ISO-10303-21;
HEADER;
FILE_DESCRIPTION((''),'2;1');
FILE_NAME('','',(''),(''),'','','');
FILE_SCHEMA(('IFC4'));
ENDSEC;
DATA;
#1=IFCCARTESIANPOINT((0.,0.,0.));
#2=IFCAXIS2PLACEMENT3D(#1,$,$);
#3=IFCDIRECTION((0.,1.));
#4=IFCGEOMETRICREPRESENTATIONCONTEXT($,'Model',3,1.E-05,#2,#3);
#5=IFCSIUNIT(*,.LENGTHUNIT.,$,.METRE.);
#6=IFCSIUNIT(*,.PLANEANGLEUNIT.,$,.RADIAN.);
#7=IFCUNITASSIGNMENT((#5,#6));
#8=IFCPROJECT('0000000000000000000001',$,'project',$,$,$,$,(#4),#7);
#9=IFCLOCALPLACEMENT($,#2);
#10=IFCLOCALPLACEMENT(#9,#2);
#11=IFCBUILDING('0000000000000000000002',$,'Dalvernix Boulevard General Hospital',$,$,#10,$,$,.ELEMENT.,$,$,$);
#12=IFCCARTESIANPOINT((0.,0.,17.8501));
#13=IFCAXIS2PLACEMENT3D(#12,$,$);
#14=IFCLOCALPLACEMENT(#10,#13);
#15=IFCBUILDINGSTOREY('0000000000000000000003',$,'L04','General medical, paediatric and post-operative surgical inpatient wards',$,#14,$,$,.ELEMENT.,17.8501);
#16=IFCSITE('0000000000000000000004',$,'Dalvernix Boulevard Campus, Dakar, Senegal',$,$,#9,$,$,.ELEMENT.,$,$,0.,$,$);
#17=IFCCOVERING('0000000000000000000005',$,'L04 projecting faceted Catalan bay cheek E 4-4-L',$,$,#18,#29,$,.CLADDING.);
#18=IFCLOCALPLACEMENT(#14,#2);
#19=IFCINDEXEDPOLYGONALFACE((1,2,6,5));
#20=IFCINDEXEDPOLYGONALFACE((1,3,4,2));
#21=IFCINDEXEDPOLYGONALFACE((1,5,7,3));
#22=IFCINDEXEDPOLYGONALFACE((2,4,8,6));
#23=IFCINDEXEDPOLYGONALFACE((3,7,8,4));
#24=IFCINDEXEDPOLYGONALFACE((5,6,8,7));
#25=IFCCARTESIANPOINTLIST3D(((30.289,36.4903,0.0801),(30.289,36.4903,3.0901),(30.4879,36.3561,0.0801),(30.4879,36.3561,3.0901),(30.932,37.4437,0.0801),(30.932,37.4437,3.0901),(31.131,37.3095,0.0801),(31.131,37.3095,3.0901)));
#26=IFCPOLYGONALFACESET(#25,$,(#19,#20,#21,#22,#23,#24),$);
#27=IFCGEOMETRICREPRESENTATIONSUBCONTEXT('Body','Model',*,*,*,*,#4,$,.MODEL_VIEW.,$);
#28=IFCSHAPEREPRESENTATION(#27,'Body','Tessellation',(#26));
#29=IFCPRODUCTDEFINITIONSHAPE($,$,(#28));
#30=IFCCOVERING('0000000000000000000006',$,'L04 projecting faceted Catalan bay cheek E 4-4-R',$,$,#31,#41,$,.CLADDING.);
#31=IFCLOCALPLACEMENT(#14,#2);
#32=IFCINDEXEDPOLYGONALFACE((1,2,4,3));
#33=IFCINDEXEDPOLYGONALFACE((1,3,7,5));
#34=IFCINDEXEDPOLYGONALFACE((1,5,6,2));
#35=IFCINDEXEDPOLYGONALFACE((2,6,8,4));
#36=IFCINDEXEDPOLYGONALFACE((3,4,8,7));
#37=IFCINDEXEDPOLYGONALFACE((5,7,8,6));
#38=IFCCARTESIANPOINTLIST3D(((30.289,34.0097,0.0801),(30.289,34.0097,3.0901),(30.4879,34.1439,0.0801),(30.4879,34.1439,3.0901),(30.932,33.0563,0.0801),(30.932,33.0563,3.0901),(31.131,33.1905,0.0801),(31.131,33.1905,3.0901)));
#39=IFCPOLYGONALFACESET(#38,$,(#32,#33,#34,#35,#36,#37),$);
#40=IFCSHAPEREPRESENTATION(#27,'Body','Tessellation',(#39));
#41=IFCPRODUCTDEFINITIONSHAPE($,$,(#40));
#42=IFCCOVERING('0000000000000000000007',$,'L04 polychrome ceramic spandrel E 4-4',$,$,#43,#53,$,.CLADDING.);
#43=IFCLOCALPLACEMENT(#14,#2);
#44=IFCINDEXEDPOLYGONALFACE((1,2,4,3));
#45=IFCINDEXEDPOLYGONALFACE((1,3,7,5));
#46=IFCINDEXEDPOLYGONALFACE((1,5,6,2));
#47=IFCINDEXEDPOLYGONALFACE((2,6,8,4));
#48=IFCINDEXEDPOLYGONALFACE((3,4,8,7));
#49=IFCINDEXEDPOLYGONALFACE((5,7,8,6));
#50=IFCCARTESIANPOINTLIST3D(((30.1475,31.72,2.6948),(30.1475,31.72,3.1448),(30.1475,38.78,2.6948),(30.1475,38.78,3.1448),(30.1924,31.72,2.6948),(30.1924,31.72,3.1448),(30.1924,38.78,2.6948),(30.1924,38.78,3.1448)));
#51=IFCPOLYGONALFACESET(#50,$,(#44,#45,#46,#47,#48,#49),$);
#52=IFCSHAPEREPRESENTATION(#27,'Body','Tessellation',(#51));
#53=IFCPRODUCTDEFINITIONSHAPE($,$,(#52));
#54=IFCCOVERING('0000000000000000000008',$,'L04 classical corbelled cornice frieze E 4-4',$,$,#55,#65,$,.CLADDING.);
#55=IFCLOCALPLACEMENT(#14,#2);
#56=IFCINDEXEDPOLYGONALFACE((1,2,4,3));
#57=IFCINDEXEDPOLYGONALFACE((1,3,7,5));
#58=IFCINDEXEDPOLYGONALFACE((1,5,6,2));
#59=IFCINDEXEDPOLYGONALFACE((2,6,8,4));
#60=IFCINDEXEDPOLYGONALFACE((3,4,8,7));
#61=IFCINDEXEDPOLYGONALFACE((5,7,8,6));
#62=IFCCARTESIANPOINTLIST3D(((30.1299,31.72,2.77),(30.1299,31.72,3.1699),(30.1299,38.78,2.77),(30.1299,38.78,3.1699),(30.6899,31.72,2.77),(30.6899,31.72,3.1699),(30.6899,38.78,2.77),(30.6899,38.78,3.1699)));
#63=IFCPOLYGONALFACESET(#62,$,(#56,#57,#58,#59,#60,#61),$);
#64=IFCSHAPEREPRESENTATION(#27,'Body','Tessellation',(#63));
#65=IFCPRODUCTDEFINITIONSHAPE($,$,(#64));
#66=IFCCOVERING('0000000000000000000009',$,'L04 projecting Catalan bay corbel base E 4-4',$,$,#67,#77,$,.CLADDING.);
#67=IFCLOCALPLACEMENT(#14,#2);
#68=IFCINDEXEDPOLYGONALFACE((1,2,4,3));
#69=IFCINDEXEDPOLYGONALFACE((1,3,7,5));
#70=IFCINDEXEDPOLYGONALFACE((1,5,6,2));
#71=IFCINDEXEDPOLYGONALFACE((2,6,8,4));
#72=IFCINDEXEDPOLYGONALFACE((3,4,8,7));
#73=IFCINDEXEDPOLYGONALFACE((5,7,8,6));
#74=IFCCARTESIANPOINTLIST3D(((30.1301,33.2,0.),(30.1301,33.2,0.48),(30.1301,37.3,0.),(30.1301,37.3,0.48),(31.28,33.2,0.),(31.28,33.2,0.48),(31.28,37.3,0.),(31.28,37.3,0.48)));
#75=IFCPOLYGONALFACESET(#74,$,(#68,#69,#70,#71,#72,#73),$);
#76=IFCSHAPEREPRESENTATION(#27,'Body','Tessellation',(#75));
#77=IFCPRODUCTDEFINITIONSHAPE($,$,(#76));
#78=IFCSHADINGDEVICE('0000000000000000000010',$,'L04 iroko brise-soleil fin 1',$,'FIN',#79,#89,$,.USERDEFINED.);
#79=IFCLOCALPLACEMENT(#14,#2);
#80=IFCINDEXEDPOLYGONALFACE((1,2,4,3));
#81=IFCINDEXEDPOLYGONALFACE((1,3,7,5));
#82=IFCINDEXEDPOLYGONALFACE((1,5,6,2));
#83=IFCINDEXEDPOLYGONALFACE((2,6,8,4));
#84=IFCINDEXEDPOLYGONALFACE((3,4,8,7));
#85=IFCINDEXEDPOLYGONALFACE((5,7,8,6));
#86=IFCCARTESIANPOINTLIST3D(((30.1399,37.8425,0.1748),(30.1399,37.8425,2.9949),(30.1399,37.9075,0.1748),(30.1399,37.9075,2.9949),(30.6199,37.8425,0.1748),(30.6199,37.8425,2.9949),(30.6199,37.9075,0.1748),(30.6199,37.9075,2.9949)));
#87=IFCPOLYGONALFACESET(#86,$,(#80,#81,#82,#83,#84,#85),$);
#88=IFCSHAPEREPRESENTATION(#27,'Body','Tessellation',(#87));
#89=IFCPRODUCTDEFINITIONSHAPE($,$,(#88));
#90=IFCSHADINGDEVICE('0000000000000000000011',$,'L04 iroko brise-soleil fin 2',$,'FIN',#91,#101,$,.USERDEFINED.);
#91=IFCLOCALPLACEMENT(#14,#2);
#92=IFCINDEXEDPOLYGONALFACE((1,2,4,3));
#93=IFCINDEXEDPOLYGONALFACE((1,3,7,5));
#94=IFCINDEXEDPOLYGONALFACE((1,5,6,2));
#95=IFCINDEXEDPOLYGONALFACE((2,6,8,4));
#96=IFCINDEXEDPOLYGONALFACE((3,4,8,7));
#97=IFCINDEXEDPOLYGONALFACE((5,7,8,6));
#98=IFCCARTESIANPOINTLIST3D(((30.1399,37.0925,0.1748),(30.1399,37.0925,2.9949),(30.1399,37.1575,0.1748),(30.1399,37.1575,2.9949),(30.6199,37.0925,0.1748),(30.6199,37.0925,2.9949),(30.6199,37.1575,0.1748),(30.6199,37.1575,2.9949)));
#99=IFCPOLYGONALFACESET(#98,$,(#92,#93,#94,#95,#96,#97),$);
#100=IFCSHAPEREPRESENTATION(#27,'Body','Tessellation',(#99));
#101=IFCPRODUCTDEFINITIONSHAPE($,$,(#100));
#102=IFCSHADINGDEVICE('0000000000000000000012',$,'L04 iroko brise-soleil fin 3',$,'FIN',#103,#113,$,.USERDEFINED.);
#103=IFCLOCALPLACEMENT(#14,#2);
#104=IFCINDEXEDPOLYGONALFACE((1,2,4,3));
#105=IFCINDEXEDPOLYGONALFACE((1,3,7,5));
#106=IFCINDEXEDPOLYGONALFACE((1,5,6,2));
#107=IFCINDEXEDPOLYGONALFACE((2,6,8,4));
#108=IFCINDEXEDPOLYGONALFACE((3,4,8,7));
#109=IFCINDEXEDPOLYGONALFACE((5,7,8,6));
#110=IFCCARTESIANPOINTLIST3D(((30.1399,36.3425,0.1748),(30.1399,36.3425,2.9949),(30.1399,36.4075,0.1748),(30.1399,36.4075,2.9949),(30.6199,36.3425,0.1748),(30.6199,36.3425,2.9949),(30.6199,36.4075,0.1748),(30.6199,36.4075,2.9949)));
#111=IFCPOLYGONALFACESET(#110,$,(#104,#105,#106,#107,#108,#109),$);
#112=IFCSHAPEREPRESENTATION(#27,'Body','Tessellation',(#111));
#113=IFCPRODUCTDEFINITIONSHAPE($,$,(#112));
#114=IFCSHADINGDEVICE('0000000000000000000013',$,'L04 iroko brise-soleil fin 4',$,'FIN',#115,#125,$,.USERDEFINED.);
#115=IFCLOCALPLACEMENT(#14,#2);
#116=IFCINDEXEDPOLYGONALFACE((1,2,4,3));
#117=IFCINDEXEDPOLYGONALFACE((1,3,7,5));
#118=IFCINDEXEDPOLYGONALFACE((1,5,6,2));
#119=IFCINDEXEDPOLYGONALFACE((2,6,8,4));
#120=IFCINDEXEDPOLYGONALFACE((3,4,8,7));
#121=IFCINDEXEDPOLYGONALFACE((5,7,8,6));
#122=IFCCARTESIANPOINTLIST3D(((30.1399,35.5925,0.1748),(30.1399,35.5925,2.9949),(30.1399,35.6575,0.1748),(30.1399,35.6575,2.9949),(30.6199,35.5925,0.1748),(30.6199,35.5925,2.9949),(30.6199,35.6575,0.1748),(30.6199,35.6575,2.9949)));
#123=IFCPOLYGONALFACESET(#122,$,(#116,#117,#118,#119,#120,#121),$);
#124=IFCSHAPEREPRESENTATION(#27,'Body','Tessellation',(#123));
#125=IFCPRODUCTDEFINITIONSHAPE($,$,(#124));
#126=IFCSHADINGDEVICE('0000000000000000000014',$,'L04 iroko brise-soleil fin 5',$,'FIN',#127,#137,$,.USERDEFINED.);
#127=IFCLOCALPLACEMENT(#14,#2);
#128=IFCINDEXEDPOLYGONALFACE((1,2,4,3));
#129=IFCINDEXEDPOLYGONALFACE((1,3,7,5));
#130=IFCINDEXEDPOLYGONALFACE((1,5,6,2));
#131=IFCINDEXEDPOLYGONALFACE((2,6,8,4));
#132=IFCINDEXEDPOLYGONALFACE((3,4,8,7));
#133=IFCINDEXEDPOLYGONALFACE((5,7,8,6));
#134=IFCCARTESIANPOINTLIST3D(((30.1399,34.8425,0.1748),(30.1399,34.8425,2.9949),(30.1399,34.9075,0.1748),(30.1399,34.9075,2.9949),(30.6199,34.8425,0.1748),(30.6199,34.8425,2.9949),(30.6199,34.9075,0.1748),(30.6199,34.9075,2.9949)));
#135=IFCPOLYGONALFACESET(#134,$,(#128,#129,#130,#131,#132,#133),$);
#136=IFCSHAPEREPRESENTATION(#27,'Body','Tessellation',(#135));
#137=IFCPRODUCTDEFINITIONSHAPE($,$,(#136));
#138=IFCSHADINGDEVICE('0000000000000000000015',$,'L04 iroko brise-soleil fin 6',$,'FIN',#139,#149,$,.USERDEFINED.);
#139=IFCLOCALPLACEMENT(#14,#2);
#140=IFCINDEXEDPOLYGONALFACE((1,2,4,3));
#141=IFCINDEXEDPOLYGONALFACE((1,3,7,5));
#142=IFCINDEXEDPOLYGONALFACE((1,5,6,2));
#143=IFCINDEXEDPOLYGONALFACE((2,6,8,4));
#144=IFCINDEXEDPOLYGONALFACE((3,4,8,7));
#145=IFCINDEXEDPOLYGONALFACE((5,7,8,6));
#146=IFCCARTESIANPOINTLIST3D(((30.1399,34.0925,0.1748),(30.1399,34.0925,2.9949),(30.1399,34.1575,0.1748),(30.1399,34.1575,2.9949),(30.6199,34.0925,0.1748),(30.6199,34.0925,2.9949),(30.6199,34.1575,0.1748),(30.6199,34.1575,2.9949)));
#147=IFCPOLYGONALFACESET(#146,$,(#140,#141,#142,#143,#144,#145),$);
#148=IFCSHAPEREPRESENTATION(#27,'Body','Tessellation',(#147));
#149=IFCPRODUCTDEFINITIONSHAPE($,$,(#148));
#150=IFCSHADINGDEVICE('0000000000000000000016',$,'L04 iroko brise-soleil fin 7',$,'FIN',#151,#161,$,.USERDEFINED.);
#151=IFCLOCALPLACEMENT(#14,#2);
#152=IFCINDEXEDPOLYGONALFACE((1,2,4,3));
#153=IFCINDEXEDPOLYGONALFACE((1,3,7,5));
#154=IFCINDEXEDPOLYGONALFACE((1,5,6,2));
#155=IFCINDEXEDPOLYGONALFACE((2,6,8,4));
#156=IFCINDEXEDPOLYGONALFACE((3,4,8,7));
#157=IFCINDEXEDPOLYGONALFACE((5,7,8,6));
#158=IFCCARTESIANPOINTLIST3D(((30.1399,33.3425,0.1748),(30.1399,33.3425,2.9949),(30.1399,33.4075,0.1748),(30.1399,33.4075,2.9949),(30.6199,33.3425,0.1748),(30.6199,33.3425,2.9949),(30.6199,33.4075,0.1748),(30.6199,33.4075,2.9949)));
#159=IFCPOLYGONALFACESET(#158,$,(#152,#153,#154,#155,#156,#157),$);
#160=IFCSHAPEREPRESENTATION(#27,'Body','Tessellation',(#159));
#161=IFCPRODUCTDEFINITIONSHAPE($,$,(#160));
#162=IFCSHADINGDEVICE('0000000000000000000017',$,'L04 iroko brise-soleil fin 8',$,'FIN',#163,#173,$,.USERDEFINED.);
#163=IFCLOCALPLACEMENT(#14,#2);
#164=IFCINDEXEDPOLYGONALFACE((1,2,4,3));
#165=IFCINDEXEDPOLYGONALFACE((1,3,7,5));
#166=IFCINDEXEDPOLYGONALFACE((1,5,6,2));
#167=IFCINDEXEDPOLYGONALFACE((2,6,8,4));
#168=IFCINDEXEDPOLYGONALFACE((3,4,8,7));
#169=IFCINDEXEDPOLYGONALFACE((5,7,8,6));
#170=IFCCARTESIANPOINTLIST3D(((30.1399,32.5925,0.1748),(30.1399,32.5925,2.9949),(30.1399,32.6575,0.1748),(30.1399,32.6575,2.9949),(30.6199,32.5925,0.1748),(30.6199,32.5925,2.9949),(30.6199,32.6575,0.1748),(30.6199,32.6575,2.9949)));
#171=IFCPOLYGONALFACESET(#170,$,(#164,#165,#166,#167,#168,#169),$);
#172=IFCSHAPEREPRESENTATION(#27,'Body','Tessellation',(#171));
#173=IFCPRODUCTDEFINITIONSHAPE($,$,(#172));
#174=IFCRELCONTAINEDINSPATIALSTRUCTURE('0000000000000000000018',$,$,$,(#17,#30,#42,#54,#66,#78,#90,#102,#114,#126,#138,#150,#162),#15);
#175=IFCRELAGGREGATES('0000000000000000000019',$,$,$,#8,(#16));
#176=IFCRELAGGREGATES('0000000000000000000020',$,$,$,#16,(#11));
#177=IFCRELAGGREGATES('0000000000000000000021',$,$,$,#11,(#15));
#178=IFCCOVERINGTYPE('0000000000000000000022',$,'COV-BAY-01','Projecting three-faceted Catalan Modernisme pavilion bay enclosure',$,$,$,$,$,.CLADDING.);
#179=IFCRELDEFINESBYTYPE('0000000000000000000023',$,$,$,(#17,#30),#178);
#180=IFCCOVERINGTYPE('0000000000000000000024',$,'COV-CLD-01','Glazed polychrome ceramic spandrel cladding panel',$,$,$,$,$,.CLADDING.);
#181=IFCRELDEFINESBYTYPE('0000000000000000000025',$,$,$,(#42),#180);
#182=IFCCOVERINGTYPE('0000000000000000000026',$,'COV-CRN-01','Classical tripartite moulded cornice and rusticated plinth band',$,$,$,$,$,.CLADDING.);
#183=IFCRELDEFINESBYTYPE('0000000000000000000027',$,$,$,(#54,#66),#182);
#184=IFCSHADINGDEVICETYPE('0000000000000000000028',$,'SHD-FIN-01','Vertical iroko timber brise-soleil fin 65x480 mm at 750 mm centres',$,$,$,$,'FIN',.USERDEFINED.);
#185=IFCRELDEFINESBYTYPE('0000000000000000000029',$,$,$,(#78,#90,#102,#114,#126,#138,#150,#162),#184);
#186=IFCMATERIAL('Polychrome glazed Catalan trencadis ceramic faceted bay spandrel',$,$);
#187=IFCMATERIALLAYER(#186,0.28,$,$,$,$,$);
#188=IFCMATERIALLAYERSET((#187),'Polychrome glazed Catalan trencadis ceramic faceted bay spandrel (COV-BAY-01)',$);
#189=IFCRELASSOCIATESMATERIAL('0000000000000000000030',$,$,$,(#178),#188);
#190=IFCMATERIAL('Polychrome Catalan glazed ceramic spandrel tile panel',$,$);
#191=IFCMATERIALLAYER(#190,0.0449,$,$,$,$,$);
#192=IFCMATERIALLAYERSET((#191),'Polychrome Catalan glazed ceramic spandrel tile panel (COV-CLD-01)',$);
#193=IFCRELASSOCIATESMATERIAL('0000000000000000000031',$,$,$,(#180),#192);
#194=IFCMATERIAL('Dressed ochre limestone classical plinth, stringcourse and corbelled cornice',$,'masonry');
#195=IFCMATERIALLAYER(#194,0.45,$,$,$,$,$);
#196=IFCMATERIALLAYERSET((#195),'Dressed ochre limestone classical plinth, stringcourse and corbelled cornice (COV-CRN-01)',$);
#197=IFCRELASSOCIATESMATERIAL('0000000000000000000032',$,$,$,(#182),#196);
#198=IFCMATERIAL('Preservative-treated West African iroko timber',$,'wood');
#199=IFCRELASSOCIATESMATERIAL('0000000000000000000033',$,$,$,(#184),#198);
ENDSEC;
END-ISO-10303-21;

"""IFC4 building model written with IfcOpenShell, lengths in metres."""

from ifc_helpers import new_model, si_unit, direction, frame, origin, origin_2d, place, context, subcontext, project, spatial, rectangle, extrude, material, layer, layer_set, type_object, element, save


model = new_model("IFC4")

# Units and contexts
model_context = context("Model", 3, precision=1e-05, world=origin(), true_north=direction((0.0, 1.0)))
body_context = subcontext(model_context, "Body", "Model", "MODEL_VIEW")
ifc_project = project(units=[si_unit("LENGTHUNIT", "METRE"), si_unit("PLANEANGLEUNIT", "RADIAN")], contexts=[model_context])

# Site, building, storey
site_placement = place(None, origin())
site = spatial("IfcSite", under=ifc_project, at=site_placement, Name="Dalvernix Boulevard Campus, Dakar, Senegal", CompositionType="ELEMENT", RefElevation=0.0)
building_placement = place(site_placement, origin())
building = spatial("IfcBuilding", under=site, at=building_placement, Name="Dalvernix Boulevard General Hospital", CompositionType="ELEMENT")
storey_placement = place(building_placement, frame((0.0, 0.0, 17.8501)))
storey = spatial("IfcBuildingStorey", under=building, at=storey_placement, Name="L04", Description="General medical, paediatric and post-operative surgical inpatient wards", CompositionType="ELEMENT", Elevation=17.8501)

# Coverings
ifc_material_1 = material(Name="Polychrome glazed Catalan trencadis ceramic faceted bay spandrel")
ifc_layer_1 = layer(ifc_material_1, 0.28)
ifc_layer_set_1 = layer_set([ifc_layer_1], Name="Polychrome glazed Catalan trencadis ceramic faceted bay spandrel (COV-BAY-01)")
covering_type_1 = type_object("IfcCoveringType", Name="COV-BAY-01", Description="Projecting three-faceted Catalan Modernisme pavilion bay enclosure", PredefinedType="CLADDING", material=ifc_layer_set_1)
for number, where, z_axis, x_axis, name in (
    (1, (30.71, 36.8999, 0.0801), (0.0, 0.0, 1.0), (-0.559193, -0.829038, 0.0), "L04 projecting faceted Catalan bay cheek E 4-4-L"),
    (2, (30.71, 33.6001, 0.0801), (0.0, 0.0, 1.0), (0.559193, -0.829038, 0.0), "L04 projecting faceted Catalan bay cheek E 4-4-R"),
):
    element("IfcCovering", number, at=place(storey_placement, frame(where, z_axis=z_axis, x_axis=x_axis)), inside=storey, type_object=covering_type_1, Name=name, PredefinedType="CLADDING", context=body_context, shape_type="SweptSolid", body=[
        extrude(rectangle(XDim=1.1499, YDim=0.24, at=origin_2d()), origin(), (0.0, 0.0, 1.0), 3.01),
    ])
ifc_material_2 = material(Name="Polychrome Catalan glazed ceramic spandrel tile panel")
ifc_layer_2 = layer(ifc_material_2, 0.0449)
ifc_layer_set_2 = layer_set([ifc_layer_2], Name="Polychrome Catalan glazed ceramic spandrel tile panel (COV-CLD-01)")
covering_type_2 = type_object("IfcCoveringType", Name="COV-CLD-01", Description="Glazed polychrome ceramic spandrel cladding panel", PredefinedType="CLADDING", material=ifc_layer_set_2)
covering_1_placement = place(storey_placement, frame((30.1699, 35.25, 2.6948), z_axis=(0.0, 0.0, 1.0), x_axis=(0.0, -1.0, 0.0)))
element("IfcCovering", 3, at=covering_1_placement, inside=storey, type_object=covering_type_2, Name="L04 polychrome ceramic spandrel E 4-4", PredefinedType="CLADDING", context=body_context, shape_type="SweptSolid", body=[
    extrude(rectangle(XDim=7.0601, YDim=0.0449, at=origin_2d()), origin(), (0.0, 0.0, 1.0), 0.45),
])
ifc_material_3 = material(Name="Dressed ochre limestone classical plinth, stringcourse and corbelled cornice", Category="masonry")
ifc_layer_3 = layer(ifc_material_3, 0.45)
ifc_layer_set_3 = layer_set([ifc_layer_3], Name="Dressed ochre limestone classical plinth, stringcourse and corbelled cornice (COV-CRN-01)")
covering_type_3 = type_object("IfcCoveringType", Name="COV-CRN-01", Description="Classical tripartite moulded cornice and rusticated plinth band", PredefinedType="CLADDING", material=ifc_layer_set_3)
covering_2_placement = place(storey_placement, frame((30.4099, 35.25, 2.77), z_axis=(0.0, 0.0, 1.0), x_axis=(0.0, -1.0, 0.0)))
element("IfcCovering", 4, at=covering_2_placement, inside=storey, type_object=covering_type_3, Name="L04 classical corbelled cornice frieze E 4-4", PredefinedType="CLADDING", context=body_context, shape_type="SweptSolid", body=[
    extrude(rectangle(XDim=7.0601, YDim=0.5601, at=origin_2d()), origin(), (0.0, 0.0, 1.0), 0.3999),
])
covering_3_placement = place(storey_placement, frame((30.7051, 35.25, 0.0), z_axis=(0.0, 0.0, 1.0), x_axis=(0.0, -1.0, 0.0)))
element("IfcCovering", 5, at=covering_3_placement, inside=storey, type_object=covering_type_3, Name="L04 projecting Catalan bay corbel base E 4-4", PredefinedType="CLADDING", context=body_context, shape_type="SweptSolid", body=[
    extrude(rectangle(XDim=4.1001, YDim=1.1499, at=origin_2d()), origin(), (0.0, 0.0, 1.0), 0.48),
])

# Shading devices
ifc_material_4 = material(Name="Preservative-treated West African iroko timber", Category="wood")
shading_device_type = type_object("IfcShadingDeviceType", Name="SHD-FIN-01", Description="Vertical iroko timber brise-soleil fin 65x480 mm at 750 mm centres", ElementType="FIN", PredefinedType="USERDEFINED", material=ifc_material_4)
for number, where, z_axis, x_axis, name in (
    (6, (30.3799, 37.875, 0.1748), (0.0, 0.0, 1.0), (0.0, -1.0, 0.0), "L04 iroko brise-soleil fin 1"),
    (7, (30.3799, 37.125, 0.1748), (0.0, 0.0, 1.0), (0.0, -1.0, 0.0), "L04 iroko brise-soleil fin 2"),
    (8, (30.3799, 36.375, 0.1748), (0.0, 0.0, 1.0), (0.0, -1.0, 0.0), "L04 iroko brise-soleil fin 3"),
    (9, (30.3799, 35.625, 0.1748), (0.0, 0.0, 1.0), (0.0, -1.0, 0.0), "L04 iroko brise-soleil fin 4"),
    (10, (30.3799, 34.875, 0.1748), (0.0, 0.0, 1.0), (0.0, -1.0, 0.0), "L04 iroko brise-soleil fin 5"),
    (11, (30.3799, 34.125, 0.1748), (0.0, 0.0, 1.0), (0.0, -1.0, 0.0), "L04 iroko brise-soleil fin 6"),
    (12, (30.3799, 33.375, 0.1748), (0.0, 0.0, 1.0), (0.0, -1.0, 0.0), "L04 iroko brise-soleil fin 7"),
    (13, (30.3799, 32.625, 0.1748), (0.0, 0.0, 1.0), (0.0, -1.0, 0.0), "L04 iroko brise-soleil fin 8"),
):
    element("IfcShadingDevice", number, at=place(storey_placement, frame(where, z_axis=z_axis, x_axis=x_axis)), inside=storey, type_object=shading_device_type, Name=name, ObjectType="FIN", PredefinedType="USERDEFINED", context=body_context, shape_type="SweptSolid", body=[
        extrude(rectangle(XDim=0.0649, YDim=0.48, at=origin_2d()), origin(), (0.0, 0.0, 1.0), 2.8201),
    ])

save(model, "model.ifc")
